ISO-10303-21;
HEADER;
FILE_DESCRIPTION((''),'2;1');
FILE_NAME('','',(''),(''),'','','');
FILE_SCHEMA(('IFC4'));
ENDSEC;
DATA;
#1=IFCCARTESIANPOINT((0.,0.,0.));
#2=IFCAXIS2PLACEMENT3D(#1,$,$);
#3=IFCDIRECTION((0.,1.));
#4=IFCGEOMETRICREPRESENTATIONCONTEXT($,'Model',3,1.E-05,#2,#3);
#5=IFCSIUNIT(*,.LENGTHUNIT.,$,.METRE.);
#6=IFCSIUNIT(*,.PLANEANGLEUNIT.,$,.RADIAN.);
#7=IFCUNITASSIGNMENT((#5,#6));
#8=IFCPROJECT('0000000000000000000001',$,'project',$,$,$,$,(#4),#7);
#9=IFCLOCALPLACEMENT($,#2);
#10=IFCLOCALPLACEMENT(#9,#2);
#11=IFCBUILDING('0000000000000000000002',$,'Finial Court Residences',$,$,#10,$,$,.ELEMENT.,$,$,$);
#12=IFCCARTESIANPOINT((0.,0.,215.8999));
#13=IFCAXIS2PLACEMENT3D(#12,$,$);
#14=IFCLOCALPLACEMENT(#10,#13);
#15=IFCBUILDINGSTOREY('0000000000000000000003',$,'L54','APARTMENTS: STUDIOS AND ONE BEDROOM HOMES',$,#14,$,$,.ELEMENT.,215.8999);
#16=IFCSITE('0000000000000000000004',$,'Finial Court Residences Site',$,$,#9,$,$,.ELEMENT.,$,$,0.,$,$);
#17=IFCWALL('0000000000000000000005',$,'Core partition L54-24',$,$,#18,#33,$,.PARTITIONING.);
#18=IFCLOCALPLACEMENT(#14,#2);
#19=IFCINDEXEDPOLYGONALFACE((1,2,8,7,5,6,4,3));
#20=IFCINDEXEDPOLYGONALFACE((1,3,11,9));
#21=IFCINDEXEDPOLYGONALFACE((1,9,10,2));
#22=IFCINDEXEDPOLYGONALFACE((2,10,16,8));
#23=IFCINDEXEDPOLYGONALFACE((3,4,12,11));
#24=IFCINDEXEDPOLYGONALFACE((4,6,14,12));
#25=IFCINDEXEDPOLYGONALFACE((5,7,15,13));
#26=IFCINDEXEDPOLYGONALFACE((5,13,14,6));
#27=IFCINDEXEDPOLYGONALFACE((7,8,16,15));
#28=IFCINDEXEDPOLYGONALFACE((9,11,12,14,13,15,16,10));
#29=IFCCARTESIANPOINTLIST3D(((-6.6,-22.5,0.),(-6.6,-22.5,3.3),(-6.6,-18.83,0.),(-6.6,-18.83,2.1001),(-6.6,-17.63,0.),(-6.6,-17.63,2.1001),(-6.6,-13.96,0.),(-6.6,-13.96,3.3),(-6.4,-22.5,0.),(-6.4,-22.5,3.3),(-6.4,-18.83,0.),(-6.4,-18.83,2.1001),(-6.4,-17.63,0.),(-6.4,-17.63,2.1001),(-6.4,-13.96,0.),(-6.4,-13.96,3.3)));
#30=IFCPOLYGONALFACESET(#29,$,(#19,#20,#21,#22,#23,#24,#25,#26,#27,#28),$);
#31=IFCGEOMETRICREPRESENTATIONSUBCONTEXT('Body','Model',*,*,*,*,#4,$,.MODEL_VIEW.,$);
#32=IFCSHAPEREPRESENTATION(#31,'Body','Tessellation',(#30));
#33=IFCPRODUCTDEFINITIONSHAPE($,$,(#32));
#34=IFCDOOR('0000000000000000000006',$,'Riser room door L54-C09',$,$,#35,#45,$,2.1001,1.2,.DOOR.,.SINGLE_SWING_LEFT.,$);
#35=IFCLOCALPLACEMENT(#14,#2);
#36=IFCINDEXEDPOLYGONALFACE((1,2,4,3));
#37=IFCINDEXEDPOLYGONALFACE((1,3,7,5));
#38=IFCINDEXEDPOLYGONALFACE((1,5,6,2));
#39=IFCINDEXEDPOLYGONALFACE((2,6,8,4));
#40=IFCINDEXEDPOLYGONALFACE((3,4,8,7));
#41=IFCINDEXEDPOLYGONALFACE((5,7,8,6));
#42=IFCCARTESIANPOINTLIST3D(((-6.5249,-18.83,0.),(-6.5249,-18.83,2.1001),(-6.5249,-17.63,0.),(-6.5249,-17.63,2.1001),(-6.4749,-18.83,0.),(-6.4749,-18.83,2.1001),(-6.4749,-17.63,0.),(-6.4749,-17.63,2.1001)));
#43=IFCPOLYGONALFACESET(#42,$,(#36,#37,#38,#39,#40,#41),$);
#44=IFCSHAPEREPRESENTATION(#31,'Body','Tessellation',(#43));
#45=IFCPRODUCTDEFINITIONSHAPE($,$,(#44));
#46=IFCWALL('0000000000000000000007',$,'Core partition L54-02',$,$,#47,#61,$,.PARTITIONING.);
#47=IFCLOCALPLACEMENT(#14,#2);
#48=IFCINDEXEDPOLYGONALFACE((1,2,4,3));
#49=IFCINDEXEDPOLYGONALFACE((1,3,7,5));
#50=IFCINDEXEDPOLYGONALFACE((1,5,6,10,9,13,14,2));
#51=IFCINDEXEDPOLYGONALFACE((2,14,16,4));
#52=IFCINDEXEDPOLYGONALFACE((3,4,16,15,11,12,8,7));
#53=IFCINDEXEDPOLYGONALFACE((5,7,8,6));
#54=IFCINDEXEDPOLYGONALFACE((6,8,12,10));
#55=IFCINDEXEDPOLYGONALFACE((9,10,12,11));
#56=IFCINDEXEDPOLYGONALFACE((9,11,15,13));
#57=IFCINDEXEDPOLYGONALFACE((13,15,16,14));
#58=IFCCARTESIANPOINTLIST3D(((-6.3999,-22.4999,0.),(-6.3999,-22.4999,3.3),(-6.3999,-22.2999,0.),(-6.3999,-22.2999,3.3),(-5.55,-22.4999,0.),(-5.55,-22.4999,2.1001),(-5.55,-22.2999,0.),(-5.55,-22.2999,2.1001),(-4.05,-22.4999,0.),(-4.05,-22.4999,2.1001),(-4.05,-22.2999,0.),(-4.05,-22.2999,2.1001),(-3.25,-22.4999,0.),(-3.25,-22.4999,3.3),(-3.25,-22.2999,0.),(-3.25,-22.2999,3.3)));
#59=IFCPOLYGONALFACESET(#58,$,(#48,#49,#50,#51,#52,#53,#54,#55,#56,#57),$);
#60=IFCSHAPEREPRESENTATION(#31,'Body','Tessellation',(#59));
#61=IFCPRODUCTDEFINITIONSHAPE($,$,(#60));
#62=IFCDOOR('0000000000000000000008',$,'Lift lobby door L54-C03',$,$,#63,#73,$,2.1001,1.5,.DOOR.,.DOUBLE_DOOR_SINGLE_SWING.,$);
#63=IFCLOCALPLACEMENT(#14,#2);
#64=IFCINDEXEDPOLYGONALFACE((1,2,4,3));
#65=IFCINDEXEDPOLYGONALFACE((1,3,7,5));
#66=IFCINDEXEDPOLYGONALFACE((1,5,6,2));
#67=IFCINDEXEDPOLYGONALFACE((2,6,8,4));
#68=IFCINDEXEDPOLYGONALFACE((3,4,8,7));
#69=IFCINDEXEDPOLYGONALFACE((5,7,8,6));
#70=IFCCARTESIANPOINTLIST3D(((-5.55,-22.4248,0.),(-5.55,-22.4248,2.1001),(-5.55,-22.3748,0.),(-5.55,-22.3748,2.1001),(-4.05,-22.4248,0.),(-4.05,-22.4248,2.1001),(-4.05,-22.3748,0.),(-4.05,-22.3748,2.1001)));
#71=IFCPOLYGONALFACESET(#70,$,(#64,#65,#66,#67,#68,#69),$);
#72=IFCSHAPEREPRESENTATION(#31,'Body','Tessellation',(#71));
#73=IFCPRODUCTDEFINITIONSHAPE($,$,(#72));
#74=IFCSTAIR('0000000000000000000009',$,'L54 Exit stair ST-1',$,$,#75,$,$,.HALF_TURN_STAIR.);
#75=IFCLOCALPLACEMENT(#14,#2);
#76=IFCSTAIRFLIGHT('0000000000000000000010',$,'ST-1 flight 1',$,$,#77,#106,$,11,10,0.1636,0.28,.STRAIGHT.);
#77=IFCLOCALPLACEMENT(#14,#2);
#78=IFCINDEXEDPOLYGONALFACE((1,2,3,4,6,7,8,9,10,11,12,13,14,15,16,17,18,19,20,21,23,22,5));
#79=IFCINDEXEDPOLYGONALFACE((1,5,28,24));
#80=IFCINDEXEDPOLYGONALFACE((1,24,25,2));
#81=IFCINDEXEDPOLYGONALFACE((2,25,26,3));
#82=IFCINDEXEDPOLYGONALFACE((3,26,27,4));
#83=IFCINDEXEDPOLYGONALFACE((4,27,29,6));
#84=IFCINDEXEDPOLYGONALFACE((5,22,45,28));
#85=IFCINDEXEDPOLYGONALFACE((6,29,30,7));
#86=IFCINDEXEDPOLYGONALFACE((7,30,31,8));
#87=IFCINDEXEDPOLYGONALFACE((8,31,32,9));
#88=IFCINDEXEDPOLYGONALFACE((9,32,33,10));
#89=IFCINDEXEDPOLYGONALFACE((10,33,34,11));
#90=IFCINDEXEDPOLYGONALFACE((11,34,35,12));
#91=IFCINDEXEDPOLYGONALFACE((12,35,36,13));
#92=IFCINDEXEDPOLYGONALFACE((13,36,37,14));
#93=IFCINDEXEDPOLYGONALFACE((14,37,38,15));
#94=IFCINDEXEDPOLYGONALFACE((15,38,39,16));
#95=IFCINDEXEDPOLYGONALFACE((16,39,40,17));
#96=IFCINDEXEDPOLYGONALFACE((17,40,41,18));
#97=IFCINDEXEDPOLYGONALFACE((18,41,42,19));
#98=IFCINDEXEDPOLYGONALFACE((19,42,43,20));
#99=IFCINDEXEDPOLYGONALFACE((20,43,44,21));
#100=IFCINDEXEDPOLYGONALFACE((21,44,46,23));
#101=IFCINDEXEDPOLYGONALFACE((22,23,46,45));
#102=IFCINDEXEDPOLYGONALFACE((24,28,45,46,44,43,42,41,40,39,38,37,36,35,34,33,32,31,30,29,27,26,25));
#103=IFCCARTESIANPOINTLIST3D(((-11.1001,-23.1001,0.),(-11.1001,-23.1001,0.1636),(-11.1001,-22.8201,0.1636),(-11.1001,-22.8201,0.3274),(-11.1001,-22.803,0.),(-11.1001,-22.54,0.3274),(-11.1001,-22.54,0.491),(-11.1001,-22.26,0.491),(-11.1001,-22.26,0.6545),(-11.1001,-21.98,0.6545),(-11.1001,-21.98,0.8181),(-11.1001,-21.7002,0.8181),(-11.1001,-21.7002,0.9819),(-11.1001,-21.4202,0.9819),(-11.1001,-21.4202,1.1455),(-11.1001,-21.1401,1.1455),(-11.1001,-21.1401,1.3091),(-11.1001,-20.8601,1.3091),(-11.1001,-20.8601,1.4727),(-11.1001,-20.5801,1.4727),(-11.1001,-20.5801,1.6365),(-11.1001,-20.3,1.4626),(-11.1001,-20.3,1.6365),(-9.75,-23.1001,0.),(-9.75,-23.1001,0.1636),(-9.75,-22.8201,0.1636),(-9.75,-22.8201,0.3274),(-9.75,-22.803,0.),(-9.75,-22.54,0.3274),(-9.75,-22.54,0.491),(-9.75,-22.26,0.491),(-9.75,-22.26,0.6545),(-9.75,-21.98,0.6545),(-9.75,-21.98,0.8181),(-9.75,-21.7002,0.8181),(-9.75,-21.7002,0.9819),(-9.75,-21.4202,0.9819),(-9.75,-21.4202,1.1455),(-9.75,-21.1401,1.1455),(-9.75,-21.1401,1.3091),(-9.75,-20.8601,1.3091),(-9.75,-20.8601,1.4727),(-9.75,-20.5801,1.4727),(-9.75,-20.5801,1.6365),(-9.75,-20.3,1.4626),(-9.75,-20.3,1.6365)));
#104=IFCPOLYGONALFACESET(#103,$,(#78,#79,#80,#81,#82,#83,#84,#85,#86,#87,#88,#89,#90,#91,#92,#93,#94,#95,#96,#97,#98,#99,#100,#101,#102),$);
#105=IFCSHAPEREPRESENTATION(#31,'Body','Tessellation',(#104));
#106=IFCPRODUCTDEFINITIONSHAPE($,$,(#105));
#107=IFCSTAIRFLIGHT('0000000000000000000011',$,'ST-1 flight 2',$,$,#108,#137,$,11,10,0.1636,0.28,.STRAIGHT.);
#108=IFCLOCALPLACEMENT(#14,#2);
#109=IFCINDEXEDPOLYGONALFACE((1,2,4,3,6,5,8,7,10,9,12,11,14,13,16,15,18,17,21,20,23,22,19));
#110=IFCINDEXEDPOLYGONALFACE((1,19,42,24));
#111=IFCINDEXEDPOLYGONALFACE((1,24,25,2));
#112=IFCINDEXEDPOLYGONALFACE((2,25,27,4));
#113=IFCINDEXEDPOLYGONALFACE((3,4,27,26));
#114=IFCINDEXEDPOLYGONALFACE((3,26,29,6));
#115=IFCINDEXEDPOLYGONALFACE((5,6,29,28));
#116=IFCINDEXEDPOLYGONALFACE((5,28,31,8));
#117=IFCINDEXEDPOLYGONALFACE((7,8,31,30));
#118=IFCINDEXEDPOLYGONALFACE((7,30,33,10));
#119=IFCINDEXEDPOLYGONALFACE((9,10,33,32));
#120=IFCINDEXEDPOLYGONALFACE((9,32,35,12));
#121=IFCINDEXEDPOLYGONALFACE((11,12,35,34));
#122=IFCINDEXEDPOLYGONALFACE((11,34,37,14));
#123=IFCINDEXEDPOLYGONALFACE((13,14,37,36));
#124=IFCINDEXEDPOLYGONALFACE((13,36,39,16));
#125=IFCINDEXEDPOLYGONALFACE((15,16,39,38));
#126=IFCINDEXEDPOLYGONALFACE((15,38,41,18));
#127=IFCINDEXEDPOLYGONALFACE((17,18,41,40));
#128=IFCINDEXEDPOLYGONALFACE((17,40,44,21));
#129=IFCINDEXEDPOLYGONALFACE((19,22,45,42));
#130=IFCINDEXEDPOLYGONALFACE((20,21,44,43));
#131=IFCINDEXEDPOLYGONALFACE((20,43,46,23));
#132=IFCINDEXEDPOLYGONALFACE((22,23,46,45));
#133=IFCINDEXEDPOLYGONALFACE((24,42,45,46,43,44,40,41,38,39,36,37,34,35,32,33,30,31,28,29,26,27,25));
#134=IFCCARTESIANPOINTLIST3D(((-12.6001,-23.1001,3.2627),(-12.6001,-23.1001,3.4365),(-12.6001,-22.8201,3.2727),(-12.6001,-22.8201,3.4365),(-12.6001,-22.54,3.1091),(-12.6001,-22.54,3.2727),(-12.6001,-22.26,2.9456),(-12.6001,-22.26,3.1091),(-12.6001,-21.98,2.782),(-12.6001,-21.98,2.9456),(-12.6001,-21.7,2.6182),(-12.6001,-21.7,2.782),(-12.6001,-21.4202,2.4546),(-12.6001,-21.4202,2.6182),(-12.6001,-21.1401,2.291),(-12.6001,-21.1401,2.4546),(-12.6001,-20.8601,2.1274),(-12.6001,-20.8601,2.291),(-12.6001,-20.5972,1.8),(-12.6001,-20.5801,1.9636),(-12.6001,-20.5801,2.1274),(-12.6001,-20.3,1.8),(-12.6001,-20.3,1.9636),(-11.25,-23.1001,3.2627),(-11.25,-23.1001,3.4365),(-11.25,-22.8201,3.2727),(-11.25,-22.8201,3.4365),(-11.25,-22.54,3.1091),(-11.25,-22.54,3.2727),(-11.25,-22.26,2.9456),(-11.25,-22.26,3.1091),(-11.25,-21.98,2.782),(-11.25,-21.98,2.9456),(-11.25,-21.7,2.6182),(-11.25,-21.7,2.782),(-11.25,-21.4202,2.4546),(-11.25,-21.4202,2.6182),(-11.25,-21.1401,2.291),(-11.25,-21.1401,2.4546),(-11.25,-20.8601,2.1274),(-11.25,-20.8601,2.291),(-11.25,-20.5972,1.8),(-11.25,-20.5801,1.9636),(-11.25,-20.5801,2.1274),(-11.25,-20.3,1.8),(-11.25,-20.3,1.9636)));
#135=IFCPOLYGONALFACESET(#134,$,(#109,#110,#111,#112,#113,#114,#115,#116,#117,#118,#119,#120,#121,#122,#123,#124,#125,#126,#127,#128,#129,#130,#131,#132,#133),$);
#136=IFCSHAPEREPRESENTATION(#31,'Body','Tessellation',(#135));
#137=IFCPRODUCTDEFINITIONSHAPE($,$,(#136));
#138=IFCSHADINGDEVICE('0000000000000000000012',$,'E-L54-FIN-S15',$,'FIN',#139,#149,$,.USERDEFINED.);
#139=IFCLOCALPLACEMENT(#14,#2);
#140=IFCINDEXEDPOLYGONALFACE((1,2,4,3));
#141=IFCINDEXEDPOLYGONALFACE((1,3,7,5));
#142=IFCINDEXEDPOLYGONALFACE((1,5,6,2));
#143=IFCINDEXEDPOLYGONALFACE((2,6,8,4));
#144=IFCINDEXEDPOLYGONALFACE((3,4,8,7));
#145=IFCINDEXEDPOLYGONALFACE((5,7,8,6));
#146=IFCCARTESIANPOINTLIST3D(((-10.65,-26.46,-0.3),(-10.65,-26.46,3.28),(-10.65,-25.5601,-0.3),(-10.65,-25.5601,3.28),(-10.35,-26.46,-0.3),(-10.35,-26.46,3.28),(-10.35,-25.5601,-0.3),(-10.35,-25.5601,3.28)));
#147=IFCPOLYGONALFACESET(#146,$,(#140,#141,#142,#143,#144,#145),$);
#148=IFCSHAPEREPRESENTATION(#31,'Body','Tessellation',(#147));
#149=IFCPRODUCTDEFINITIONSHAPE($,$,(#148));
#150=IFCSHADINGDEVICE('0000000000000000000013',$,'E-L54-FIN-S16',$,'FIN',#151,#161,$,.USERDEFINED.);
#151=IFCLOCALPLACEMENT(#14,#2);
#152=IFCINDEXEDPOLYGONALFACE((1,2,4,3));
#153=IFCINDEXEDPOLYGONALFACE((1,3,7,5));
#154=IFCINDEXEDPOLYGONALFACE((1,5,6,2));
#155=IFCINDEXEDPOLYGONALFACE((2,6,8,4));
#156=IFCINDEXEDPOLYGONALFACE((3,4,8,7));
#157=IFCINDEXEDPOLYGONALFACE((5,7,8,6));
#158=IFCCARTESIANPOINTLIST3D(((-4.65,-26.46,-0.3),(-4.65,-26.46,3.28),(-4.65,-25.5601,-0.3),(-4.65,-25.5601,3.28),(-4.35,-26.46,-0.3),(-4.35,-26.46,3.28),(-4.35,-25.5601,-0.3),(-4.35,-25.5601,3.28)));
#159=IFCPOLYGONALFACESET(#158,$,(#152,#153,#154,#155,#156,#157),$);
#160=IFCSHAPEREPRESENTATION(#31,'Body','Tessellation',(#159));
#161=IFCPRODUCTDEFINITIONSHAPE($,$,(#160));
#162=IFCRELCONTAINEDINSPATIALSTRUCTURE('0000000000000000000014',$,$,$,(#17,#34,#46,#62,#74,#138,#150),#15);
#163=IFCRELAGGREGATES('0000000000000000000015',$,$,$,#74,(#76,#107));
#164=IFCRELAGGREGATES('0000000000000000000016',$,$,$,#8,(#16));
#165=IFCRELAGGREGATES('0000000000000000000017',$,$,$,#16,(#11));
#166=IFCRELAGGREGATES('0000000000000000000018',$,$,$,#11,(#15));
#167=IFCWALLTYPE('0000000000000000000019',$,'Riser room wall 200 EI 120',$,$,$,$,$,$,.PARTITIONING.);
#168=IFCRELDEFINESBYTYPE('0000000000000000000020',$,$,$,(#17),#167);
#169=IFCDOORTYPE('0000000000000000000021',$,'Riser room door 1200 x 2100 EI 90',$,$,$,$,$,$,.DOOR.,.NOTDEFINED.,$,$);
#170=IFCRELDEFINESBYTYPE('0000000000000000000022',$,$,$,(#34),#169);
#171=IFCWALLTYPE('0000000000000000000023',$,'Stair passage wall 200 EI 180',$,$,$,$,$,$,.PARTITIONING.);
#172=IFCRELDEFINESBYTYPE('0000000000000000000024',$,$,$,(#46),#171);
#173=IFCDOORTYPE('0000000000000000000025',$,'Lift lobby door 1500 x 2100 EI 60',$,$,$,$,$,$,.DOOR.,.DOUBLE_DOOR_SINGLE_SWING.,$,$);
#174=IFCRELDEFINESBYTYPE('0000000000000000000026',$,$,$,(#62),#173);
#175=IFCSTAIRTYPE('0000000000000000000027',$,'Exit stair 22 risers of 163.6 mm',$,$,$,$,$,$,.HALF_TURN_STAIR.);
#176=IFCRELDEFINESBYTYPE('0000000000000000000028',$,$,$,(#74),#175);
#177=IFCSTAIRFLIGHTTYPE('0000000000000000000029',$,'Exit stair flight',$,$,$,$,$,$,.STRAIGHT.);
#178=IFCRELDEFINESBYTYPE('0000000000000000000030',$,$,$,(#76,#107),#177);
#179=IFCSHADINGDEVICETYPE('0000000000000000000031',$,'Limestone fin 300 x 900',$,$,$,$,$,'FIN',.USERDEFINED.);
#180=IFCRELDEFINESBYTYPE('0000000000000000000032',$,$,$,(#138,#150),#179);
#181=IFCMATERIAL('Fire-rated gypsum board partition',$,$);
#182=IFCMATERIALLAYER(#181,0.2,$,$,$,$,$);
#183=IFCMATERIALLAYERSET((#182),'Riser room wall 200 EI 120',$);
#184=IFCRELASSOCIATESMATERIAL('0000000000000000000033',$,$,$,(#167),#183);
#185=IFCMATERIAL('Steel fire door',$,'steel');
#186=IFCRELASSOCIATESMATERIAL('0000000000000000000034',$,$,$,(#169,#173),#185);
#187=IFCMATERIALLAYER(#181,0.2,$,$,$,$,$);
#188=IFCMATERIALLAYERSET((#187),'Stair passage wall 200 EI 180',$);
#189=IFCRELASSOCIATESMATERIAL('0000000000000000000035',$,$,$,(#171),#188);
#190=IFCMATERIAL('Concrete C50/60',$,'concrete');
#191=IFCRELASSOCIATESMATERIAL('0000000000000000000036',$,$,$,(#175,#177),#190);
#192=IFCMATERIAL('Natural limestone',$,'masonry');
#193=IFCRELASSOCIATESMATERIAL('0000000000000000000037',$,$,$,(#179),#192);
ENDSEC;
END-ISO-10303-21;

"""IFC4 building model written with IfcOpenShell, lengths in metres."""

from ifc_helpers import new_model, si_unit, direction, frame, frame_2d, origin, origin_2d, place, context, subcontext, project, spatial, polyline, rectangle, outline, extrude, material, layer, layer_set, type_object, element, fill, aggregate, save


model = new_model("IFC4")

# Units and contexts
model_context = context("Model", 3, precision=1e-05, world=origin(), true_north=direction((0.0, 1.0)))
body_context = subcontext(model_context, "Body", "Model", "MODEL_VIEW")
ifc_project = project(units=[si_unit("LENGTHUNIT", "METRE"), si_unit("PLANEANGLEUNIT", "RADIAN")], contexts=[model_context])

# Site, building, storey
site_placement = place(None, origin())
site = spatial("IfcSite", under=ifc_project, at=site_placement, Name="Finial Court Residences Site", CompositionType="ELEMENT", RefElevation=0.0)
building_placement = place(site_placement, origin())
building = spatial("IfcBuilding", under=site, at=building_placement, Name="Finial Court Residences", CompositionType="ELEMENT")
storey_placement = place(building_placement, frame((0.0, 0.0, 215.8999)))
storey = spatial("IfcBuildingStorey", under=building, at=storey_placement, Name="L54", Description="APARTMENTS: STUDIOS AND ONE BEDROOM HOMES", CompositionType="ELEMENT", Elevation=215.8999)

# Shared definitions
ifc_material_1 = material(Name="Steel fire door", Category="steel")

# Shared definitions
ifc_material_2 = material(Name="Fire-rated gypsum board partition")
ifc_layer_1 = layer(ifc_material_2, 0.2)
ifc_layer_set_1 = layer_set([ifc_layer_1], Name="Riser room wall 200 EI 120")
wall_type_1 = type_object("IfcWallType", Name="Riser room wall 200 EI 120", PredefinedType="PARTITIONING", material=ifc_layer_set_1)

# Walls, openings, doors
wall_1_placement = place(storey_placement, frame((-6.5, -22.5, 0.0), z_axis=(0.0, 0.0, 1.0), x_axis=(0.0, 1.0, 0.0)))
wall_1 = element("IfcWall", 1, at=wall_1_placement, inside=storey, type_object=wall_type_1, Name="Core partition L54-24", PredefinedType="PARTITIONING", context=body_context, shape_type="SweptSolid", body=[
    extrude(rectangle(XDim=8.54, YDim=0.2, at=frame_2d((4.27, 0.0))), origin(), (0.0, 0.0, 1.0), 3.3),
])
opening_1_placement = place(wall_1_placement, frame((3.6699, 0.0, 0.0)))
opening_1 = element("IfcOpeningElement", 2, at=opening_1_placement, cuts=wall_1, PredefinedType="OPENING", context=body_context, shape_type="SweptSolid", body=[
    extrude(rectangle(XDim=1.2, YDim=2.1001, at=frame_2d((0.6001, 1.05))), frame((0.0, 0.1099, 0.0), z_axis=(0.0, -1.0, 0.0), x_axis=(1.0, 0.0, 0.0)), (0.0, 0.0, 1.0), 0.22),
])
door_type_1 = type_object("IfcDoorType", Name="Riser room door 1200 x 2100 EI 90", OperationType="NOTDEFINED", PredefinedType="DOOR", material=ifc_material_1)
door_1_placement = place(opening_1_placement, origin())
door_1 = element("IfcDoor", 3, at=door_1_placement, inside=storey, type_object=door_type_1, Name="Riser room door L54-C09", OperationType="SINGLE_SWING_LEFT", OverallHeight=2.1001, OverallWidth=1.2, PredefinedType="DOOR", context=body_context, shape_type="SweptSolid", body=[
    extrude(rectangle(XDim=1.2, YDim=2.1001, at=frame_2d((0.6001, 1.05))), frame((0.0, 0.0249, 0.0), z_axis=(0.0, -1.0, 0.0), x_axis=(1.0, 0.0, 0.0)), (0.0, 0.0, 1.0), 0.05),
])
fill(opening_1, door_1)
ifc_layer_2 = layer(ifc_material_2, 0.2)
ifc_layer_set_2 = layer_set([ifc_layer_2], Name="Stair passage wall 200 EI 180")
wall_type_2 = type_object("IfcWallType", Name="Stair passage wall 200 EI 180", PredefinedType="PARTITIONING", material=ifc_layer_set_2)
wall_2_placement = place(storey_placement, frame((-3.25, -22.3999, 0.0), z_axis=(0.0, 0.0, 1.0), x_axis=(-1.0, 0.0, 0.0)))
wall_2 = element("IfcWall", 4, at=wall_2_placement, inside=storey, type_object=wall_type_2, Name="Core partition L54-02", PredefinedType="PARTITIONING", context=body_context, shape_type="SweptSolid", body=[
    extrude(rectangle(XDim=3.1499, YDim=0.2, at=frame_2d((1.575, 0.0))), origin(), (0.0, 0.0, 1.0), 3.3),
])
opening_2_placement = place(wall_2_placement, frame((0.8, 0.0, 0.0)))
opening_2 = element("IfcOpeningElement", 5, at=opening_2_placement, cuts=wall_2, PredefinedType="OPENING", context=body_context, shape_type="SweptSolid", body=[
    extrude(rectangle(XDim=1.5, YDim=2.1001, at=frame_2d((0.75, 1.05))), frame((0.0, 0.1099, 0.0), z_axis=(0.0, -1.0, 0.0), x_axis=(1.0, 0.0, 0.0)), (0.0, 0.0, 1.0), 0.22),
])
door_type_2 = type_object("IfcDoorType", Name="Lift lobby door 1500 x 2100 EI 60", OperationType="DOUBLE_DOOR_SINGLE_SWING", PredefinedType="DOOR", material=ifc_material_1)
door_2_placement = place(opening_2_placement, origin())
door_2 = element("IfcDoor", 6, at=door_2_placement, inside=storey, type_object=door_type_2, Name="Lift lobby door L54-C03", OperationType="DOUBLE_DOOR_SINGLE_SWING", OverallHeight=2.1001, OverallWidth=1.5, PredefinedType="DOOR", context=body_context, shape_type="SweptSolid", body=[
    extrude(rectangle(XDim=1.5, YDim=2.1001, at=frame_2d((0.75, 1.05))), frame((0.0, 0.0249, 0.0), z_axis=(0.0, -1.0, 0.0), x_axis=(1.0, 0.0, 0.0)), (0.0, 0.0, 1.0), 0.05),
])
fill(opening_2, door_2)

# Stair, stair flights
ifc_material_3 = material(Name="Concrete C50/60", Category="concrete")
stair_type = type_object("IfcStairType", Name="Exit stair 22 risers of 163.6 mm", PredefinedType="HALF_TURN_STAIR", material=ifc_material_3)
stair_placement = place(storey_placement, origin())
stair = element("IfcStair", 7, at=stair_placement, inside=storey, type_object=stair_type, Name="L54 Exit stair ST-1", PredefinedType="HALF_TURN_STAIR")
stair_flight_type = type_object("IfcStairFlightType", Name="Exit stair flight", PredefinedType="STRAIGHT", material=ifc_material_3)
stair_flight_1_placement = place(storey_placement, frame((-10.425, -23.1001, 0.0), z_axis=(0.0, 0.0, 1.0), x_axis=(0.0, 1.0, 0.0)))
stair_flight_1 = element("IfcStairFlight", 8, at=stair_flight_1_placement, type_object=stair_flight_type, Name="ST-1 flight 1", NumberOfRisers=11, NumberOfTreads=10, PredefinedType="STRAIGHT", RiserHeight=0.1636, TreadLength=0.28, context=body_context, shape_type="SweptSolid", body=[
    extrude(outline(polyline([(0.0, 0.0), (0.0, 0.1636), (0.28, 0.1636), (0.28, 0.3274), (0.5601, 0.3274), (0.5601, 0.491), (0.8401, 0.491), (0.8401, 0.6545), (1.1201, 0.6545), (1.1201, 0.8181), (1.3999, 0.8181), (1.3999, 0.9819), (1.6799, 0.9819), (1.6799, 1.1455), (1.96, 1.1455), (1.96, 1.3091), (2.24, 1.3091), (2.24, 1.4727), (2.52, 1.4727), (2.52, 1.6365), (2.8, 1.6365), (2.8, 1.8), (2.8, 1.4626), (0.2971, 0.0), (0.0, 0.0)])), frame((0.0, 0.675, 0.0), z_axis=(0.0, -1.0, 0.0), x_axis=(1.0, 0.0, 0.0)), (0.0, 0.0, 1.0), 1.3501),
])
stair_flight_2_placement = place(storey_placement, frame((-11.925, -20.3, 1.8), z_axis=(0.0, 0.0, 1.0), x_axis=(0.0, -1.0, 0.0)))
stair_flight_2 = element("IfcStairFlight", 9, at=stair_flight_2_placement, type_object=stair_flight_type, Name="ST-1 flight 2", NumberOfRisers=11, NumberOfTreads=10, PredefinedType="STRAIGHT", RiserHeight=0.1636, TreadLength=0.28, context=body_context, shape_type="SweptSolid", body=[
    extrude(outline(polyline([(0.0, 0.0), (0.0, 0.1636), (0.28, 0.1636), (0.28, 0.3274), (0.5601, 0.3274), (0.5601, 0.491), (0.8401, 0.491), (0.8401, 0.6545), (1.1201, 0.6545), (1.1201, 0.8181), (1.3999, 0.8181), (1.3999, 0.9819), (1.6799, 0.9819), (1.6799, 1.1455), (1.96, 1.1455), (1.96, 1.3091), (2.24, 1.3091), (2.24, 1.4727), (2.52, 1.4727), (2.52, 1.6365), (2.8, 1.6365), (2.8, 1.8), (2.8, 1.4626), (0.2971, 0.0), (0.0, 0.0)])), frame((0.0, 0.675, 0.0), z_axis=(0.0, -1.0, 0.0), x_axis=(1.0, 0.0, 0.0)), (0.0, 0.0, 1.0), 1.3501),
])
aggregate(stair, [stair_flight_1, stair_flight_2])

# Shading devices
ifc_material_4 = material(Name="Natural limestone", Category="masonry")
shading_device_type = type_object("IfcShadingDeviceType", Name="Limestone fin 300 x 900", ElementType="FIN", PredefinedType="USERDEFINED", material=ifc_material_4)
for number, where, z_axis, x_axis, name in (
    (10, (-10.5, -26.01, -0.3), (0.0, 0.0, 1.0), (1.0, 0.0, 0.0), "E-L54-FIN-S15"),
    (11, (-4.5, -26.01, -0.3), (0.0, 0.0, 1.0), (1.0, 0.0, 0.0), "E-L54-FIN-S16"),
):
    element("IfcShadingDevice", number, at=place(storey_placement, frame(where, z_axis=z_axis, x_axis=x_axis)), inside=storey, type_object=shading_device_type, Name=name, ObjectType="FIN", PredefinedType="USERDEFINED", context=body_context, shape_type="SweptSolid", body=[
        extrude(rectangle(XDim=0.3, YDim=0.8999, at=origin_2d()), origin(), (0.0, 0.0, 1.0), 3.5801),
    ])

save(model, "model.ifc")
